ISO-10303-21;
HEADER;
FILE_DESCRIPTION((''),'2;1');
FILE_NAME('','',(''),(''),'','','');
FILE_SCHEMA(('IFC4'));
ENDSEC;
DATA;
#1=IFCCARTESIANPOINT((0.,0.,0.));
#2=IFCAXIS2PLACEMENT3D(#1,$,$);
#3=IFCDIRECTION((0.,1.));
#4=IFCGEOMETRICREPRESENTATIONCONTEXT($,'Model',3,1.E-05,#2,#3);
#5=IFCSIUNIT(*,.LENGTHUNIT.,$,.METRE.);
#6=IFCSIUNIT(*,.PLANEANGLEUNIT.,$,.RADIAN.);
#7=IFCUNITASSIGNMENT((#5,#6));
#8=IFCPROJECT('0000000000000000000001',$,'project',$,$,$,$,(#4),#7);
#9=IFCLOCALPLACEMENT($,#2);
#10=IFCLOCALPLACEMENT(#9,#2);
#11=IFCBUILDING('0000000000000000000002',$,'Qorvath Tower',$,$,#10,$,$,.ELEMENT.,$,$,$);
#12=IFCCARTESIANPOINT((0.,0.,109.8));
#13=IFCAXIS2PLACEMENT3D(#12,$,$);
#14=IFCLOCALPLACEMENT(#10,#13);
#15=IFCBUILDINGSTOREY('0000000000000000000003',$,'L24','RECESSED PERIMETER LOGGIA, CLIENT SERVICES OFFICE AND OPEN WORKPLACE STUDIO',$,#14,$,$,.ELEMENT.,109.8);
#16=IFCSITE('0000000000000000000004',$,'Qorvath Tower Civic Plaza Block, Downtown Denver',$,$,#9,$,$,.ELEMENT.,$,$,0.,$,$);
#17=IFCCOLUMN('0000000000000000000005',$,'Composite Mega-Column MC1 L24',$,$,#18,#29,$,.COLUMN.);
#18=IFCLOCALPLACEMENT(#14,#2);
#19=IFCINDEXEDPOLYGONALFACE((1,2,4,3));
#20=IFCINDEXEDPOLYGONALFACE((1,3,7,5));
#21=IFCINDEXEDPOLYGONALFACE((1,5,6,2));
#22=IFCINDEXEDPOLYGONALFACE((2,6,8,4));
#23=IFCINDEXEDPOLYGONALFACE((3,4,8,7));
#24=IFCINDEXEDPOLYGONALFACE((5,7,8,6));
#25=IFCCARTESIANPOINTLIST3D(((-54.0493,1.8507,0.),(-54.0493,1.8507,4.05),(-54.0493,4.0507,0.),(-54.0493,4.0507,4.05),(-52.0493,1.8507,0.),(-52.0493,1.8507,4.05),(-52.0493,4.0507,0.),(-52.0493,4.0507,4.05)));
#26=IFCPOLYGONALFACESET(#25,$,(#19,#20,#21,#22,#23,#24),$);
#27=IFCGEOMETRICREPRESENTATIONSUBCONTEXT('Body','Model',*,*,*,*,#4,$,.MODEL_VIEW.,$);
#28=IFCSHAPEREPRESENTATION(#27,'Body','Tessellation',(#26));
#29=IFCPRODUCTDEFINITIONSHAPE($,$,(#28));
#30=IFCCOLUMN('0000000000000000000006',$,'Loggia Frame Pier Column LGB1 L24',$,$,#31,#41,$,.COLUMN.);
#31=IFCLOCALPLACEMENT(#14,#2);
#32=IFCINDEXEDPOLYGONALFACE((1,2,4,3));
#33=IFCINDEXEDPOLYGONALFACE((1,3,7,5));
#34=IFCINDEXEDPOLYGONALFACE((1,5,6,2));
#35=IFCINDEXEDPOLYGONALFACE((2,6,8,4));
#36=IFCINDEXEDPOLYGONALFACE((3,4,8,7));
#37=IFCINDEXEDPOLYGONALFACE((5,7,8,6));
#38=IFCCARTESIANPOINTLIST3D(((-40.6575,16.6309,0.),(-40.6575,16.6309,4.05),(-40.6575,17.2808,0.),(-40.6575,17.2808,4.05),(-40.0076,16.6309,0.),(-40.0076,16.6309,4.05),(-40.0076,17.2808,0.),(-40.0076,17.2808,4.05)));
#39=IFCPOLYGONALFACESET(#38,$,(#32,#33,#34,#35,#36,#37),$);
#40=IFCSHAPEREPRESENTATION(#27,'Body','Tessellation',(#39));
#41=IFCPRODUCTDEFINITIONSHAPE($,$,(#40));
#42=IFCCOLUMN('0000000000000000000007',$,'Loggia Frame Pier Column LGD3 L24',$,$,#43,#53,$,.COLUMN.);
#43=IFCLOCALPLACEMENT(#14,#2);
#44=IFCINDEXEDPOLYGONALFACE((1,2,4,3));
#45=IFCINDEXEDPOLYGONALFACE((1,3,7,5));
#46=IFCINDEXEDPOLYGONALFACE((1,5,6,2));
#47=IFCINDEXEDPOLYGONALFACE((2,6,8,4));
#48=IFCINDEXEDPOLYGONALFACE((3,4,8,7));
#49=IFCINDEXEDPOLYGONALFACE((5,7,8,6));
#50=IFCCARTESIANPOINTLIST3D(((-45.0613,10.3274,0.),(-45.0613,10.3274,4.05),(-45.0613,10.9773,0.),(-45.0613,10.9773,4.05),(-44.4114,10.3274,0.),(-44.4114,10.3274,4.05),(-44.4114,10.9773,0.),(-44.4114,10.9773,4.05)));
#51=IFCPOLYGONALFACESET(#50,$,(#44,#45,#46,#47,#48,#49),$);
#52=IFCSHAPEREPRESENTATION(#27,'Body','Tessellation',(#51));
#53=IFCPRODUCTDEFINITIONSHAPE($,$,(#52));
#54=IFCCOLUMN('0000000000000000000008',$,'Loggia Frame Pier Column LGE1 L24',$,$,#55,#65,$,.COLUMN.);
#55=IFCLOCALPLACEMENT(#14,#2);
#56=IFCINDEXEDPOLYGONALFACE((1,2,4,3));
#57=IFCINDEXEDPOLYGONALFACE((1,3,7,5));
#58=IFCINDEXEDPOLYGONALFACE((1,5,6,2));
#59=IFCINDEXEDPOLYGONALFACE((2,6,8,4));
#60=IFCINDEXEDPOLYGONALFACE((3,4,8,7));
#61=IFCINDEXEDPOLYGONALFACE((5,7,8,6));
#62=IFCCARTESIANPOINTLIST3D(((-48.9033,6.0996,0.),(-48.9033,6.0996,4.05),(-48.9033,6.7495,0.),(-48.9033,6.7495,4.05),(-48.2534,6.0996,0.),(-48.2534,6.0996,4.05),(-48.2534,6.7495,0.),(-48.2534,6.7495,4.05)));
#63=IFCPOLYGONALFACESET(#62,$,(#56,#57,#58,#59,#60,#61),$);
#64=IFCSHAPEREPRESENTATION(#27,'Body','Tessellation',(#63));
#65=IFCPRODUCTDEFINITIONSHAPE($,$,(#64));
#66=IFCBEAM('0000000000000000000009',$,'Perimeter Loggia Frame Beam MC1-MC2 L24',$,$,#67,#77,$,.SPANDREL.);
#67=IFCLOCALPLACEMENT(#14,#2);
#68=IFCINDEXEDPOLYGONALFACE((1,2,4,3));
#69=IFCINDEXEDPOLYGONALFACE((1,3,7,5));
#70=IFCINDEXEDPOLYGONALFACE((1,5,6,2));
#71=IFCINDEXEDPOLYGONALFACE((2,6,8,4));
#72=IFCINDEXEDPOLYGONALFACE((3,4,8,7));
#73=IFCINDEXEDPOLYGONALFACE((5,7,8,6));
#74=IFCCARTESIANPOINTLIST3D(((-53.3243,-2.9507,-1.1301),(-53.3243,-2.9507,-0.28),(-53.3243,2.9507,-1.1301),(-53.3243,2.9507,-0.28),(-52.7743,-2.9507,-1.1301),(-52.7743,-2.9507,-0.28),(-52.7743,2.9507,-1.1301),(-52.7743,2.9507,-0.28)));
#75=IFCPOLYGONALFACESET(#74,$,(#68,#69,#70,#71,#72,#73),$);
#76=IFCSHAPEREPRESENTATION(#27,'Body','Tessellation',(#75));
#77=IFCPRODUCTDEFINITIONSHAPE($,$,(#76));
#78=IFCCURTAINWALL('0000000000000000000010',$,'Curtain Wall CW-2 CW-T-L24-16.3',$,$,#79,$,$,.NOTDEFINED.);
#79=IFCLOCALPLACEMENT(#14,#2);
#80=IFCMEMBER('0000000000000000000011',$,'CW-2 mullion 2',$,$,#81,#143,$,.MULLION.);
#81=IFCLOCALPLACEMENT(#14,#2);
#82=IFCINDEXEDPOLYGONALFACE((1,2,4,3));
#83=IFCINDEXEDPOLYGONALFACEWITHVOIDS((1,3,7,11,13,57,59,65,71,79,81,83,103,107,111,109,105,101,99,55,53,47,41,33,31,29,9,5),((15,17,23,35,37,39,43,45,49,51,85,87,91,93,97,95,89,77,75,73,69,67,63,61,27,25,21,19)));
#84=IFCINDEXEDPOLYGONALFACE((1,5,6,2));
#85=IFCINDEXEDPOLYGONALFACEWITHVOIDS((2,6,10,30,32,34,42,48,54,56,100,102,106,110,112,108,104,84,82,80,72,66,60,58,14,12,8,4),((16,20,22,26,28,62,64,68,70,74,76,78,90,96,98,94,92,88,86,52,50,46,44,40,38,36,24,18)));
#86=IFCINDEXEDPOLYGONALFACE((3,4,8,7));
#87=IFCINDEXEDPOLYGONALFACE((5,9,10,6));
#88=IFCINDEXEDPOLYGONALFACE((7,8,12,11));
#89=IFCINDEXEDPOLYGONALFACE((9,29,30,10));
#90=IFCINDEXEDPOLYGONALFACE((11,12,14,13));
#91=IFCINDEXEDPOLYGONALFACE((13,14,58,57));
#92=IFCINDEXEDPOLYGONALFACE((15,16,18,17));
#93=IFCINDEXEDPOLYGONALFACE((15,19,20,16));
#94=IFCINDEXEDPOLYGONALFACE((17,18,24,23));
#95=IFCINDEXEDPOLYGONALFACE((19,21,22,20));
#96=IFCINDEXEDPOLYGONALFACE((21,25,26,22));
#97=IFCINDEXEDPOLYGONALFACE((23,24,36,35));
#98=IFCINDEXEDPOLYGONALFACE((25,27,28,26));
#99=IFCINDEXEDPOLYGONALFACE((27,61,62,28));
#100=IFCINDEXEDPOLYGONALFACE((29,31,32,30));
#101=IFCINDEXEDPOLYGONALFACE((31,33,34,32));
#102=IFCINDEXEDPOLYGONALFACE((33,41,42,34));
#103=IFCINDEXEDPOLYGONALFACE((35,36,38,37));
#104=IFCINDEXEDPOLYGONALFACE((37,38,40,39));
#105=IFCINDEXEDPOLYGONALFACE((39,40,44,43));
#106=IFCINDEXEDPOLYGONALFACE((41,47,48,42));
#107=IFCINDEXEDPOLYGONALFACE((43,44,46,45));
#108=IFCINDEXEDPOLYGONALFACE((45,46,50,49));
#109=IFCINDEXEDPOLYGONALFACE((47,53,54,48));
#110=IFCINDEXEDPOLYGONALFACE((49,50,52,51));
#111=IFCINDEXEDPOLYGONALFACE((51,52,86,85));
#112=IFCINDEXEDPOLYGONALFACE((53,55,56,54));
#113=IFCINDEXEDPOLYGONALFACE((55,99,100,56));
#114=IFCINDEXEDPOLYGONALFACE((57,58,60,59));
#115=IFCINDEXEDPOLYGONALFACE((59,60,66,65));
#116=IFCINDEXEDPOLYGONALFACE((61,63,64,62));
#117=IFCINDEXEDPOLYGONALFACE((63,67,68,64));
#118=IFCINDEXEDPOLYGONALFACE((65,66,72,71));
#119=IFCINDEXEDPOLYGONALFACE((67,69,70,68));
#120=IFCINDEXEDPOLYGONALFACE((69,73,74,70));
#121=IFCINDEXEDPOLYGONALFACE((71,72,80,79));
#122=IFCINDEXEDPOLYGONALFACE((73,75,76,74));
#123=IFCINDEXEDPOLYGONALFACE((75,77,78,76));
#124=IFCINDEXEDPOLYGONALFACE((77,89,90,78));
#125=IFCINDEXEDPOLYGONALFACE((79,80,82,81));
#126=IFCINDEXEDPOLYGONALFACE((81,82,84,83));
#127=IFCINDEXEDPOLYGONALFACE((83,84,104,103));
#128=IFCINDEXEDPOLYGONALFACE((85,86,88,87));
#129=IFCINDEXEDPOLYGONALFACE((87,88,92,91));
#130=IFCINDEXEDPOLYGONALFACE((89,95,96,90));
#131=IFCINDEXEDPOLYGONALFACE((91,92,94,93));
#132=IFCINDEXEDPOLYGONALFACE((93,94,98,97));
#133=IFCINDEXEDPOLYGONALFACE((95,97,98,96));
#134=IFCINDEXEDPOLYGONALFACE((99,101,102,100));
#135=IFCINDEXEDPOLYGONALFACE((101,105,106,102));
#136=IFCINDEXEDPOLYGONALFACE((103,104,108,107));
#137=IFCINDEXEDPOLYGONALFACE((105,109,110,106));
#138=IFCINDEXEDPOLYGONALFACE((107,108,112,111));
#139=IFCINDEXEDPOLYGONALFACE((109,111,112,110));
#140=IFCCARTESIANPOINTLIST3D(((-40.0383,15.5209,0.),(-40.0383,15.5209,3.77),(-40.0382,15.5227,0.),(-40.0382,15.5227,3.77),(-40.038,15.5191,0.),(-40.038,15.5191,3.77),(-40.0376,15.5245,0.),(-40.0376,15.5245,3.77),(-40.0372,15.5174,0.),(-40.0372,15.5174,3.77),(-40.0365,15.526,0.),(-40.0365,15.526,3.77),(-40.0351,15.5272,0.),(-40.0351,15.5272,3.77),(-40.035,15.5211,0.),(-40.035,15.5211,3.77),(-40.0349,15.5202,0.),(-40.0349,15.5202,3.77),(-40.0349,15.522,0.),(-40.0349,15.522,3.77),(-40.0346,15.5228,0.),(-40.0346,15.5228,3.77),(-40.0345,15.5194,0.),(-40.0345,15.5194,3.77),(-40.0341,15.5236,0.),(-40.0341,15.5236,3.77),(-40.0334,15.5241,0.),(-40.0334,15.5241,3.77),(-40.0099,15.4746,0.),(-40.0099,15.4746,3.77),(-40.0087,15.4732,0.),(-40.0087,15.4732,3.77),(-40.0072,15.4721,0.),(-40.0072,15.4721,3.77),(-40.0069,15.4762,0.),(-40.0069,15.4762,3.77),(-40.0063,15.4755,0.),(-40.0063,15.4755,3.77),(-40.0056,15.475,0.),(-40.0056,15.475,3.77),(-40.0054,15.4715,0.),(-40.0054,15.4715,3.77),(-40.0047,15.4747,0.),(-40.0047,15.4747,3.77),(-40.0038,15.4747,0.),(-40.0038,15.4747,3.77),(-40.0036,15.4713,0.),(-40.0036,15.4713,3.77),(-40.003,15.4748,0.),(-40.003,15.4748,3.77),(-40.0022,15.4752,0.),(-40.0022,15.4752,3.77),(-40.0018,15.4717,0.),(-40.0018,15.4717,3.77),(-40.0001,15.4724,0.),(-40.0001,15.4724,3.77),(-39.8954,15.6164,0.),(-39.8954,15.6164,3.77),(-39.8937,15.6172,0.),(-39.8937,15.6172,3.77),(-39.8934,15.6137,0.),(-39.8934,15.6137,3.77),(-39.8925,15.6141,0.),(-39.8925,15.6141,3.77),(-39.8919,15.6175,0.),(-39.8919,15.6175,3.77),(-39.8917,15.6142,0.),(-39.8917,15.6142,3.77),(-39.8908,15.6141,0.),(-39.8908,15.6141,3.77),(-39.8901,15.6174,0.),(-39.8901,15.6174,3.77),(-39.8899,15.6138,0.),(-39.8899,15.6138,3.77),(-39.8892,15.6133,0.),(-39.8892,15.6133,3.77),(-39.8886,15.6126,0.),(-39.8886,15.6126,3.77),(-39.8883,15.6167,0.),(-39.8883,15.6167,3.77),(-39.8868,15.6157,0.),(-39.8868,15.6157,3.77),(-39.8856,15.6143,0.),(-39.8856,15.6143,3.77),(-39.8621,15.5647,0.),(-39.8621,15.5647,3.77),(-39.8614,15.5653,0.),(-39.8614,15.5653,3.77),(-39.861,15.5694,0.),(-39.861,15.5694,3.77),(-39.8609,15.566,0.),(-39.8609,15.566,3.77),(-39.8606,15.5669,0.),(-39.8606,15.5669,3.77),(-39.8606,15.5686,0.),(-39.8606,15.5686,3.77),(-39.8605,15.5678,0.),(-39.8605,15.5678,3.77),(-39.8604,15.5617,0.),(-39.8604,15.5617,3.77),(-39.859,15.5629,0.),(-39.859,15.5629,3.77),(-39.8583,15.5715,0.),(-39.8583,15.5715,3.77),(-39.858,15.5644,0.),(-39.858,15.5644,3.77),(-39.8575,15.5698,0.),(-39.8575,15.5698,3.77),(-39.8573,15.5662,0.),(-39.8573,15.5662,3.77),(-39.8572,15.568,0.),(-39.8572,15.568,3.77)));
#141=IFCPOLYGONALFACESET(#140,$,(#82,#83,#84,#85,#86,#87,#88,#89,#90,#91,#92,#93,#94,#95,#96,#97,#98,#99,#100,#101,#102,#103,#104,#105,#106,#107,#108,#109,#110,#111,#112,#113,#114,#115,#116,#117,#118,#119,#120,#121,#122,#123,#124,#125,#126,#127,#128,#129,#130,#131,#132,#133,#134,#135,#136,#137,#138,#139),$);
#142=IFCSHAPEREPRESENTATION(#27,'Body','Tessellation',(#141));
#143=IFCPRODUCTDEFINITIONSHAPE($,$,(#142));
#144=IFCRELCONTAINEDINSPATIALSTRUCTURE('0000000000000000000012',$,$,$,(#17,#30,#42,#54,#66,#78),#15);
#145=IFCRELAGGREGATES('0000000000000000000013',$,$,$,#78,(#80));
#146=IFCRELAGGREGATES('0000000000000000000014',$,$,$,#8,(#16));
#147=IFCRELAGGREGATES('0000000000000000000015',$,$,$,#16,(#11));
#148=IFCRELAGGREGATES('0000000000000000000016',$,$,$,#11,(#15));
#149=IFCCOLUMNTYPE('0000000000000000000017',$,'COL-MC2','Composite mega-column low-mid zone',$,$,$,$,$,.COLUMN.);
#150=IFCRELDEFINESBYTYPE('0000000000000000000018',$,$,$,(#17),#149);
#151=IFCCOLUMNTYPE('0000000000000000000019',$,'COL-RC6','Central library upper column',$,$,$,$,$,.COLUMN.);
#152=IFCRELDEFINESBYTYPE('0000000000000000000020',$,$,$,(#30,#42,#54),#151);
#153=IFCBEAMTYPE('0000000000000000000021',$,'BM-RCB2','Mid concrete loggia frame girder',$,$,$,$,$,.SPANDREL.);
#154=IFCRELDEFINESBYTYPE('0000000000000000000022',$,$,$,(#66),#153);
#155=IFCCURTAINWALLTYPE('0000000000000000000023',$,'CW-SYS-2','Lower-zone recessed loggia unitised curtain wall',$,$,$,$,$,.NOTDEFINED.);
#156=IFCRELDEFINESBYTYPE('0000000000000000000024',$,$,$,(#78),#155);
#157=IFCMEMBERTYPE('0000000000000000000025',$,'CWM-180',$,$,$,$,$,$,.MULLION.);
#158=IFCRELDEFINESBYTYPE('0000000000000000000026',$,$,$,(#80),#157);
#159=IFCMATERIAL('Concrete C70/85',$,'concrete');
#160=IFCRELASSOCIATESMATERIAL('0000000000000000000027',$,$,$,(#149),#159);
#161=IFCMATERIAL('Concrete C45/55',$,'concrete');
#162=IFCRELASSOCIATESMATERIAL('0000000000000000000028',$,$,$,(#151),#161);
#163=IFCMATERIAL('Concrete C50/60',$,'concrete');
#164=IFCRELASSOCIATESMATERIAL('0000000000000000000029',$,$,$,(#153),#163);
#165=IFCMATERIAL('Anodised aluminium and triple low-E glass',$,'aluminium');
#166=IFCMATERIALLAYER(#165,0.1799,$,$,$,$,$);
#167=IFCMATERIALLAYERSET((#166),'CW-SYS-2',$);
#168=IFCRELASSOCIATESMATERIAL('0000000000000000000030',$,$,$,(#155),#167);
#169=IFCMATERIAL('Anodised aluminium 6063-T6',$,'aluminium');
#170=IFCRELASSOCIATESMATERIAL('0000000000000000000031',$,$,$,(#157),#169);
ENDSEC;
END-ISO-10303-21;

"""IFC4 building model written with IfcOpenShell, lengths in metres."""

from ifc_helpers import new_model, si_unit, direction, frame, origin, origin_2d, place, context, subcontext, project, spatial, rectangle, hollow_rectangle, extrude, material, layer, layer_set, material_profile, profile_set, type_object, element, aggregate, save


model = new_model("IFC4")

# Units and contexts
model_context = context("Model", 3, precision=1e-05, world=origin(), true_north=direction((0.0, 1.0)))
body_context = subcontext(model_context, "Body", "Model", "MODEL_VIEW")
ifc_project = project(units=[si_unit("LENGTHUNIT", "METRE"), si_unit("PLANEANGLEUNIT", "RADIAN")], contexts=[model_context])

# Site, building, storey
site_placement = place(None, origin())
site = spatial("IfcSite", under=ifc_project, at=site_placement, Name="Qorvath Tower Civic Plaza Block, Downtown Denver", CompositionType="ELEMENT", RefElevation=0.0)
building_placement = place(site_placement, origin())
building = spatial("IfcBuilding", under=site, at=building_placement, Name="Qorvath Tower", CompositionType="ELEMENT")
storey_placement = place(building_placement, frame((0.0, 0.0, 109.8)))
storey = spatial("IfcBuildingStorey", under=building, at=storey_placement, Name="L24", Description="RECESSED PERIMETER LOGGIA, CLIENT SERVICES OFFICE AND OPEN WORKPLACE STUDIO", CompositionType="ELEMENT", Elevation=109.8)

# Columns
ifc_material_1 = material(Name="Concrete C70/85", Category="concrete")
ifc_material_profile_1 = material_profile(ifc_material_1, rectangle(XDim=2.0, YDim=2.2, at=origin_2d()), Name="MC 2200x2000")
ifc_profile_set_1 = profile_set([ifc_material_profile_1], Name="Concrete C70/85")
column_type_1 = type_object("IfcColumnType", Name="COL-MC2", Description="Composite mega-column low-mid zone", PredefinedType="COLUMN", material=ifc_profile_set_1)
column_placement = place(storey_placement, frame((-53.0493, 2.9507, 0.0), z_axis=(0.0, 0.0, 1.0), x_axis=(1.0, 0.0, 0.0)))
element("IfcColumn", 1, at=column_placement, inside=storey, type_object=column_type_1, Name="Composite Mega-Column MC1 L24", PredefinedType="COLUMN", context=body_context, shape_type="SweptSolid", body=[
    extrude(rectangle(XDim=2.0, YDim=2.2, at=origin_2d()), origin(), (0.0, 0.0, 1.0), 4.05),
])
ifc_material_2 = material(Name="Concrete C45/55", Category="concrete")
ifc_material_profile_2 = material_profile(ifc_material_2, rectangle(XDim=0.6499, YDim=0.6499, at=origin_2d()), Name="RC 650x650")
ifc_profile_set_2 = profile_set([ifc_material_profile_2], Name="Concrete C45/55")
column_type_2 = type_object("IfcColumnType", Name="COL-RC6", Description="Central library upper column", PredefinedType="COLUMN", material=ifc_profile_set_2)
for number, where, z_axis, x_axis, name in (
    (2, (-40.3325, 16.9558, 0.0), (0.0, 0.0, 1.0), (1.0, 0.0, 0.0), "Loggia Frame Pier Column LGB1 L24"),
    (3, (-44.7363, 10.6523, 0.0), (0.0, 0.0, 1.0), (1.0, 0.0, 0.0), "Loggia Frame Pier Column LGD3 L24"),
    (4, (-48.5784, 6.4246, 0.0), (0.0, 0.0, 1.0), (1.0, 0.0, 0.0), "Loggia Frame Pier Column LGE1 L24"),
):
    element("IfcColumn", number, at=place(storey_placement, frame(where, z_axis=z_axis, x_axis=x_axis)), inside=storey, type_object=column_type_2, Name=name, PredefinedType="COLUMN", context=body_context, shape_type="SweptSolid", body=[
        extrude(rectangle(XDim=0.6499, YDim=0.6499, at=origin_2d()), origin(), (0.0, 0.0, 1.0), 4.05),
    ])

# Beam
ifc_material_3 = material(Name="Concrete C50/60", Category="concrete")
ifc_material_profile_3 = material_profile(ifc_material_3, rectangle(XDim=0.55, YDim=0.8501, at=origin_2d()), Name="RCB 850x550")
ifc_profile_set_3 = profile_set([ifc_material_profile_3], Name="Concrete C50/60")
beam_type = type_object("IfcBeamType", Name="BM-RCB2", Description="Mid concrete loggia frame girder", PredefinedType="SPANDREL", material=ifc_profile_set_3)
beam_placement = place(storey_placement, frame((-53.0493, 2.9507, -0.7051), z_axis=(0.0, -1.0, 0.0), x_axis=(1.0, 0.0, 0.0)))
element("IfcBeam", 5, at=beam_placement, inside=storey, type_object=beam_type, Name="Perimeter Loggia Frame Beam MC1-MC2 L24", PredefinedType="SPANDREL", context=body_context, shape_type="SweptSolid", body=[
    extrude(rectangle(XDim=0.55, YDim=0.8501, at=origin_2d()), origin(), (0.0, 0.0, 1.0), 5.9014),
])

# Curtain wall, member
ifc_material_4 = material(Name="Anodised aluminium and triple low-E glass", Category="aluminium")
ifc_layer_1 = layer(ifc_material_4, 0.1799)
ifc_layer_set_1 = layer_set([ifc_layer_1], Name="CW-SYS-2")
curtain_wall_type = type_object("IfcCurtainWallType", Name="CW-SYS-2", Description="Lower-zone recessed loggia unitised curtain wall", PredefinedType="NOTDEFINED", material=ifc_layer_set_1)
curtain_wall_placement = place(storey_placement, origin())
curtain_wall = element("IfcCurtainWall", 6, at=curtain_wall_placement, inside=storey, type_object=curtain_wall_type, Name="Curtain Wall CW-2 CW-T-L24-16.3", PredefinedType="NOTDEFINED")
ifc_material_5 = material(Name="Anodised aluminium 6063-T6", Category="aluminium")
ifc_material_profile_4 = material_profile(ifc_material_5, hollow_rectangle(XDim=0.0649, YDim=0.1799, WallThickness=0.0034, InnerFilletRadius=0.0034, OuterFilletRadius=0.0071, at=origin_2d()), Name="CWM 180x65")
ifc_profile_set_4 = profile_set([ifc_material_profile_4], Name="Anodised aluminium 6063-T6")
member_type_1 = type_object("IfcMemberType", Name="CWM-180", PredefinedType="MULLION", material=ifc_profile_set_4)
member_1_placement = place(storey_placement, frame((-39.9478, 15.5444, 0.0), z_axis=(0.0, 0.0, 1.0), x_axis=(0.53853, -0.842606, 0.0)))
member_1 = element("IfcMember", 7, at=member_1_placement, type_object=member_type_1, Name="CW-2 mullion 2", PredefinedType="MULLION", context=body_context, shape_type="SweptSolid", body=[
    extrude(hollow_rectangle(XDim=0.0649, YDim=0.1799, WallThickness=0.0034, InnerFilletRadius=0.0034, OuterFilletRadius=0.0071, at=origin_2d()), origin(), (0.0, 0.0, 1.0), 3.77),
])
aggregate(curtain_wall, [member_1])

save(model, "model.ifc")
